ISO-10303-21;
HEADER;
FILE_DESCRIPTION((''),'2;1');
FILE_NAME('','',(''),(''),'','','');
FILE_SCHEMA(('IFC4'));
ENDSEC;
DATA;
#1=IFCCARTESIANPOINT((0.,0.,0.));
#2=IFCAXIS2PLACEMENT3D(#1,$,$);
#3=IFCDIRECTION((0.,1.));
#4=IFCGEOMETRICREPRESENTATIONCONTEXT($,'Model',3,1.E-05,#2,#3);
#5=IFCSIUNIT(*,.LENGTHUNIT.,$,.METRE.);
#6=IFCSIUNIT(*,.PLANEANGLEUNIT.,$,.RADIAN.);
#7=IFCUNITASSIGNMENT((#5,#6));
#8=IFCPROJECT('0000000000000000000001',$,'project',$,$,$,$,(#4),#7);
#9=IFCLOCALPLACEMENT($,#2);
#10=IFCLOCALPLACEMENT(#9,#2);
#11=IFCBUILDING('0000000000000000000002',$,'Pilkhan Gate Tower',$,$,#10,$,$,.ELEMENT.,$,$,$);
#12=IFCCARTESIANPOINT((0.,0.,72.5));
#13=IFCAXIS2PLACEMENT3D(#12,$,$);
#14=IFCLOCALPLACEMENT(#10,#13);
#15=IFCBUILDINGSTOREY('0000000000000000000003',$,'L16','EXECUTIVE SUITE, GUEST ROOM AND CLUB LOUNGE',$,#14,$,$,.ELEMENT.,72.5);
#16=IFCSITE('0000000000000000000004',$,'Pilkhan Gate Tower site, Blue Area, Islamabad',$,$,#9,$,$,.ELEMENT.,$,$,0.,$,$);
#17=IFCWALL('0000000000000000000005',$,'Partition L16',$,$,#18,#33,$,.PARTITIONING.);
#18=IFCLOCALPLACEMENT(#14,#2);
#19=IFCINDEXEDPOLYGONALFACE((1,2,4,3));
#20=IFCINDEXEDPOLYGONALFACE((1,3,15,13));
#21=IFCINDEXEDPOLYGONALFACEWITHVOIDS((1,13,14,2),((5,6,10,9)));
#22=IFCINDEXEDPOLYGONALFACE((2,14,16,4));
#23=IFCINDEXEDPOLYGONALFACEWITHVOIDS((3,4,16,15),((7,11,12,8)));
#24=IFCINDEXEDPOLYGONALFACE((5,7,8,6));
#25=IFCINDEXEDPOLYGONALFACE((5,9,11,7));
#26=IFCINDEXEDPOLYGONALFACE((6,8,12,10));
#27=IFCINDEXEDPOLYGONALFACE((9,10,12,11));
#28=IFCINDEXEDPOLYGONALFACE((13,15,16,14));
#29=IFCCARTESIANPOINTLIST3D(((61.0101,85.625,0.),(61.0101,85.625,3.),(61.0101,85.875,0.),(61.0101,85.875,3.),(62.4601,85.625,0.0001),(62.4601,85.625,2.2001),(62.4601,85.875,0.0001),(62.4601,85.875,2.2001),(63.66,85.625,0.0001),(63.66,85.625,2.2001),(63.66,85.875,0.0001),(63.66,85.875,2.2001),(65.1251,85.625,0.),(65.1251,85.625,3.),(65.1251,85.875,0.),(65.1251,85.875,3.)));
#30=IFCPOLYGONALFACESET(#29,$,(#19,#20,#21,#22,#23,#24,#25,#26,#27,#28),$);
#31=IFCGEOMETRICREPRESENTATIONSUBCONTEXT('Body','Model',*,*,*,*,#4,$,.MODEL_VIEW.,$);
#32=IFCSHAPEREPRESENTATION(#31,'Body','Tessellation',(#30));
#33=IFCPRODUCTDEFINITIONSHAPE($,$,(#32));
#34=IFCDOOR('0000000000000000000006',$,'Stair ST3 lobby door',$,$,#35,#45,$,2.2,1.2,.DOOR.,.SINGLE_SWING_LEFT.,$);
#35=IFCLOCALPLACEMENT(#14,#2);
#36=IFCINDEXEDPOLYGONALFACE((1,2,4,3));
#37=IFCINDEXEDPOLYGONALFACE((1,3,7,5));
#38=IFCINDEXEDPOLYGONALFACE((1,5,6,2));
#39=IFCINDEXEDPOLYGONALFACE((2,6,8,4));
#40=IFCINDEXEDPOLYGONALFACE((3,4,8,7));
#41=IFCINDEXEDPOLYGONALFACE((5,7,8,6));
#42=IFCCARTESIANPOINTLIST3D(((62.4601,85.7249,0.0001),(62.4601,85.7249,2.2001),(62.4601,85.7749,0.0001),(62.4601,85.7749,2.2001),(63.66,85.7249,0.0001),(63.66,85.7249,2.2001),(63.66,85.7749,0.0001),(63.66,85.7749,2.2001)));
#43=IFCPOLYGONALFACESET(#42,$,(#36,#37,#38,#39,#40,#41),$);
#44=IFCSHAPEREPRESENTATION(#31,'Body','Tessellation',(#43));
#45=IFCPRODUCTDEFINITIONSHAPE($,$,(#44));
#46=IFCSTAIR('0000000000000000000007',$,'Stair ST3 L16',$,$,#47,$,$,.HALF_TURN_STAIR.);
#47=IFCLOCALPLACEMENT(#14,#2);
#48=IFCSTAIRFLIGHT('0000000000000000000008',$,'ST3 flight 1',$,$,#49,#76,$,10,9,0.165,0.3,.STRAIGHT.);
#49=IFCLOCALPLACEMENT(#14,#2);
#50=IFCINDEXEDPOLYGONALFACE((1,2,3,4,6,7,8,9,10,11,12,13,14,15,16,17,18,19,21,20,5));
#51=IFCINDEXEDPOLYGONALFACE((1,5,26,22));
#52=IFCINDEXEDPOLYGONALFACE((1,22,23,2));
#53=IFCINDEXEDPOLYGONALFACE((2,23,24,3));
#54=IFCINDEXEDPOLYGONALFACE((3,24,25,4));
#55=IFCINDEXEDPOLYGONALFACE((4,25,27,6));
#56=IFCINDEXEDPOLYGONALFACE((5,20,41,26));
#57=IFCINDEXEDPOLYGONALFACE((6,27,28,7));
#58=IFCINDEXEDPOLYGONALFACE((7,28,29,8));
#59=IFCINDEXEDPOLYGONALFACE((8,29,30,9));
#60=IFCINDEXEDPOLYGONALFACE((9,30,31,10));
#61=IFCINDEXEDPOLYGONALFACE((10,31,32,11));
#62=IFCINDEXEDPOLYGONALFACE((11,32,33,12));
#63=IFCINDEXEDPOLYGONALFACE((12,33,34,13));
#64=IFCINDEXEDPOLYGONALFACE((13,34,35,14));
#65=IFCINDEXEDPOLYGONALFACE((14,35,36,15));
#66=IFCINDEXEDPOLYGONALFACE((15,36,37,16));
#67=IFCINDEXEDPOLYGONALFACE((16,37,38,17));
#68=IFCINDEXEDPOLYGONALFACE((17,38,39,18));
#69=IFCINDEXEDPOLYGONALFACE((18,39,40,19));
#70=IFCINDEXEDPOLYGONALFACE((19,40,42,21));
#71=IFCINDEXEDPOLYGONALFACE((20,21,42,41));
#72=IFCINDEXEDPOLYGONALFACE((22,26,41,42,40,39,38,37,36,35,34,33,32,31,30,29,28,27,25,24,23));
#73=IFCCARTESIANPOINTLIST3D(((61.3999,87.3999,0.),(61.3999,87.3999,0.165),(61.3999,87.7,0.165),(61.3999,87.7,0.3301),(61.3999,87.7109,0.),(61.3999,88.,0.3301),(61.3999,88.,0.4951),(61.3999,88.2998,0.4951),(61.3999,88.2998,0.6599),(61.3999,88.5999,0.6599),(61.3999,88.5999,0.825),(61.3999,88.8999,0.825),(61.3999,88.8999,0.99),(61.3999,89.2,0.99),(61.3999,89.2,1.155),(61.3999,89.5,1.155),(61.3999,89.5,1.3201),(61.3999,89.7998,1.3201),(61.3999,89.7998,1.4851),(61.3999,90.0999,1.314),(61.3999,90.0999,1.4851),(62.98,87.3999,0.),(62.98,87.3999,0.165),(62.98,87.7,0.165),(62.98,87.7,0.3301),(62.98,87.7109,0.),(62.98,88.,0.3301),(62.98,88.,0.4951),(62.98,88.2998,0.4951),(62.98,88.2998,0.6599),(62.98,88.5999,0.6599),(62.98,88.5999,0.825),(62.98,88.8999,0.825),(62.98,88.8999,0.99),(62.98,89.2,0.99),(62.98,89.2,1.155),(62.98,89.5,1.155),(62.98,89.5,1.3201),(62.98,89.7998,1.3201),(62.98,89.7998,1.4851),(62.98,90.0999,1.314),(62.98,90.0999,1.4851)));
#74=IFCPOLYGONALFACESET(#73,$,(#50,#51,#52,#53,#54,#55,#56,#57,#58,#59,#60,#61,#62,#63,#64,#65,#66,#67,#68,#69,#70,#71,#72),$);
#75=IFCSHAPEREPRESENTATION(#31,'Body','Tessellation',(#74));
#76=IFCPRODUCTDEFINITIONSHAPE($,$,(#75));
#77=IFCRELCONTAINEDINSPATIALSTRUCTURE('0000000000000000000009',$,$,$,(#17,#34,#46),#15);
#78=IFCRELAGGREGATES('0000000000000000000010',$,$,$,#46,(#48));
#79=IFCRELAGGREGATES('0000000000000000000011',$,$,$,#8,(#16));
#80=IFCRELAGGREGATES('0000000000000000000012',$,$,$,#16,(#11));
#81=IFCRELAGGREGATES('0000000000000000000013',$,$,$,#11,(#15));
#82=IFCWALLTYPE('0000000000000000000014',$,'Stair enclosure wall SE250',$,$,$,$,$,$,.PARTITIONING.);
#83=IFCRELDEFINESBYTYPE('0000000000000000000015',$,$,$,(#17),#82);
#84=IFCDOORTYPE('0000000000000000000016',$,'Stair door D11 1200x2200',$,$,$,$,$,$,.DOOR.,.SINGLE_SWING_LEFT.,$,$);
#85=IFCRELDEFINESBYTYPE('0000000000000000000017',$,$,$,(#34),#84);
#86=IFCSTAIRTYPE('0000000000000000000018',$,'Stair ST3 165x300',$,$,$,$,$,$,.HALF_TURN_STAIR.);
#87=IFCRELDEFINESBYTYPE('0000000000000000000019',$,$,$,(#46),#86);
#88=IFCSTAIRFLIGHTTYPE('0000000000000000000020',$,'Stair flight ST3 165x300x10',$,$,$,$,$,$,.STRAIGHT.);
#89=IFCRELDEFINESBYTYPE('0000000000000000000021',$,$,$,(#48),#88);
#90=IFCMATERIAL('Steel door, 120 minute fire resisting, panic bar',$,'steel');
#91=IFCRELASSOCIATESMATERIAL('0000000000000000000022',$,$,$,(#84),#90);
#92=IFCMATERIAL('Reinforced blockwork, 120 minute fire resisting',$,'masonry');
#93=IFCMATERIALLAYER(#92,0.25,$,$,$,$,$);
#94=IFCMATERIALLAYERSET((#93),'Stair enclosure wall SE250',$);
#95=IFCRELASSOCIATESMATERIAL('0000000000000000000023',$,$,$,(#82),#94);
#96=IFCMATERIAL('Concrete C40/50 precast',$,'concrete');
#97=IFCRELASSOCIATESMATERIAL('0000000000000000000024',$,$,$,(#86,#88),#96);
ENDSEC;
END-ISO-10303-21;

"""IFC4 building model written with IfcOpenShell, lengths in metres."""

from ifc_helpers import new_model, si_unit, direction, frame, frame_2d, origin, place, context, subcontext, project, spatial, polyline, rectangle, outline, extrude, material, layer, layer_set, type_object, element, fill, aggregate, save


model = new_model("IFC4")

# Units and contexts
model_context = context("Model", 3, precision=1e-05, world=origin(), true_north=direction((0.0, 1.0)))
body_context = subcontext(model_context, "Body", "Model", "MODEL_VIEW")
ifc_project = project(units=[si_unit("LENGTHUNIT", "METRE"), si_unit("PLANEANGLEUNIT", "RADIAN")], contexts=[model_context])

# Site, building, storey
site_placement = place(None, origin())
site = spatial("IfcSite", under=ifc_project, at=site_placement, Name="Pilkhan Gate Tower site, Blue Area, Islamabad", CompositionType="ELEMENT", RefElevation=0.0)
building_placement = place(site_placement, origin())
building = spatial("IfcBuilding", under=site, at=building_placement, Name="Pilkhan Gate Tower", CompositionType="ELEMENT")
storey_placement = place(building_placement, frame((0.0, 0.0, 72.5)))
storey = spatial("IfcBuildingStorey", under=building, at=storey_placement, Name="L16", Description="EXECUTIVE SUITE, GUEST ROOM AND CLUB LOUNGE", CompositionType="ELEMENT", Elevation=72.5)

# Shared definitions
ifc_material_1 = material(Name="Steel door, 120 minute fire resisting, panic bar", Category="steel")
door_type_1 = type_object("IfcDoorType", Name="Stair door D11 1200x2200", OperationType="SINGLE_SWING_LEFT", PredefinedType="DOOR", material=ifc_material_1)

# Wall, opening, door
ifc_material_2 = material(Name="Reinforced blockwork, 120 minute fire resisting", Category="masonry")
ifc_layer_1 = layer(ifc_material_2, 0.25)
ifc_layer_set_1 = layer_set([ifc_layer_1], Name="Stair enclosure wall SE250")
wall_type_1 = type_object("IfcWallType", Name="Stair enclosure wall SE250", PredefinedType="PARTITIONING", material=ifc_layer_set_1)
wall_1_placement = place(storey_placement, frame((61.01, 85.75, 0.0), z_axis=(0.0, 0.0, 1.0), x_axis=(1.0, 0.0, 0.0)))
wall_1 = element("IfcWall", 1, at=wall_1_placement, inside=storey, type_object=wall_type_1, Name="Partition L16", PredefinedType="PARTITIONING", context=body_context, shape_type="SweptSolid", body=[
    extrude(rectangle(XDim=4.115, YDim=0.25, at=frame_2d((2.0576, 0.0))), origin(), (0.0, 0.0, 1.0), 3.0),
])
opening_1_placement = place(wall_1_placement, frame((1.45, 0.0, 0.0)))
opening_1 = element("IfcOpeningElement", 2, at=opening_1_placement, cuts=wall_1, PredefinedType="OPENING", context=body_context, shape_type="SweptSolid", body=[
    extrude(rectangle(XDim=1.2, YDim=2.2, at=frame_2d((0.6001, 1.1001))), frame((0.0, 0.135, 0.0), z_axis=(0.0, -1.0, 0.0), x_axis=(1.0, 0.0, 0.0)), (0.0, 0.0, 1.0), 0.27),
])
door_1_placement = place(opening_1_placement, origin())
door_1 = element("IfcDoor", 3, at=door_1_placement, inside=storey, type_object=door_type_1, Name="Stair ST3 lobby door", OperationType="SINGLE_SWING_LEFT", OverallHeight=2.2, OverallWidth=1.2, PredefinedType="DOOR", context=body_context, shape_type="SweptSolid", body=[
    extrude(rectangle(XDim=1.2, YDim=2.2, at=frame_2d((0.6001, 1.1001))), frame((0.0, 0.0249, 0.0), z_axis=(0.0, -1.0, 0.0), x_axis=(1.0, 0.0, 0.0)), (0.0, 0.0, 1.0), 0.05),
])
fill(opening_1, door_1)

# Stair, stair flight
ifc_material_3 = material(Name="Concrete C40/50 precast", Category="concrete")
stair_type = type_object("IfcStairType", Name="Stair ST3 165x300", PredefinedType="HALF_TURN_STAIR", material=ifc_material_3)
stair_placement = place(storey_placement, origin())
stair = element("IfcStair", 4, at=stair_placement, inside=storey, type_object=stair_type, Name="Stair ST3 L16", PredefinedType="HALF_TURN_STAIR")
stair_flight_type = type_object("IfcStairFlightType", Name="Stair flight ST3 165x300x10", PredefinedType="STRAIGHT", material=ifc_material_3)
stair_flight_placement = place(storey_placement, frame((62.1899, 87.3999, 0.0), z_axis=(0.0, 0.0, 1.0), x_axis=(0.0, 1.0, 0.0)))
stair_flight = element("IfcStairFlight", 5, at=stair_flight_placement, type_object=stair_flight_type, Name="ST3 flight 1", NumberOfRisers=10, NumberOfTreads=9, PredefinedType="STRAIGHT", RiserHeight=0.165, TreadLength=0.3, context=body_context, shape_type="SweptSolid", body=[
    extrude(outline(polyline([(0.0, 0.0), (0.0, 0.165), (0.3, 0.165), (0.3, 0.3301), (0.6001, 0.3301), (0.6001, 0.4951), (0.8999, 0.4951), (0.8999, 0.6599), (1.2, 0.6599), (1.2, 0.825), (1.5, 0.825), (1.5, 0.99), (1.8, 0.99), (1.8, 1.155), (2.1001, 1.155), (2.1001, 1.3201), (2.3999, 1.3201), (2.3999, 1.4851), (2.7, 1.4851), (2.7, 1.6499), (2.7, 1.314), (0.311, 0.0), (0.0, 0.0)])), frame((0.0, 0.79, 0.0), z_axis=(0.0, -1.0, 0.0), x_axis=(1.0, 0.0, 0.0)), (0.0, 0.0, 1.0), 1.5801),
])
aggregate(stair, [stair_flight])

save(model, "model.ifc")
